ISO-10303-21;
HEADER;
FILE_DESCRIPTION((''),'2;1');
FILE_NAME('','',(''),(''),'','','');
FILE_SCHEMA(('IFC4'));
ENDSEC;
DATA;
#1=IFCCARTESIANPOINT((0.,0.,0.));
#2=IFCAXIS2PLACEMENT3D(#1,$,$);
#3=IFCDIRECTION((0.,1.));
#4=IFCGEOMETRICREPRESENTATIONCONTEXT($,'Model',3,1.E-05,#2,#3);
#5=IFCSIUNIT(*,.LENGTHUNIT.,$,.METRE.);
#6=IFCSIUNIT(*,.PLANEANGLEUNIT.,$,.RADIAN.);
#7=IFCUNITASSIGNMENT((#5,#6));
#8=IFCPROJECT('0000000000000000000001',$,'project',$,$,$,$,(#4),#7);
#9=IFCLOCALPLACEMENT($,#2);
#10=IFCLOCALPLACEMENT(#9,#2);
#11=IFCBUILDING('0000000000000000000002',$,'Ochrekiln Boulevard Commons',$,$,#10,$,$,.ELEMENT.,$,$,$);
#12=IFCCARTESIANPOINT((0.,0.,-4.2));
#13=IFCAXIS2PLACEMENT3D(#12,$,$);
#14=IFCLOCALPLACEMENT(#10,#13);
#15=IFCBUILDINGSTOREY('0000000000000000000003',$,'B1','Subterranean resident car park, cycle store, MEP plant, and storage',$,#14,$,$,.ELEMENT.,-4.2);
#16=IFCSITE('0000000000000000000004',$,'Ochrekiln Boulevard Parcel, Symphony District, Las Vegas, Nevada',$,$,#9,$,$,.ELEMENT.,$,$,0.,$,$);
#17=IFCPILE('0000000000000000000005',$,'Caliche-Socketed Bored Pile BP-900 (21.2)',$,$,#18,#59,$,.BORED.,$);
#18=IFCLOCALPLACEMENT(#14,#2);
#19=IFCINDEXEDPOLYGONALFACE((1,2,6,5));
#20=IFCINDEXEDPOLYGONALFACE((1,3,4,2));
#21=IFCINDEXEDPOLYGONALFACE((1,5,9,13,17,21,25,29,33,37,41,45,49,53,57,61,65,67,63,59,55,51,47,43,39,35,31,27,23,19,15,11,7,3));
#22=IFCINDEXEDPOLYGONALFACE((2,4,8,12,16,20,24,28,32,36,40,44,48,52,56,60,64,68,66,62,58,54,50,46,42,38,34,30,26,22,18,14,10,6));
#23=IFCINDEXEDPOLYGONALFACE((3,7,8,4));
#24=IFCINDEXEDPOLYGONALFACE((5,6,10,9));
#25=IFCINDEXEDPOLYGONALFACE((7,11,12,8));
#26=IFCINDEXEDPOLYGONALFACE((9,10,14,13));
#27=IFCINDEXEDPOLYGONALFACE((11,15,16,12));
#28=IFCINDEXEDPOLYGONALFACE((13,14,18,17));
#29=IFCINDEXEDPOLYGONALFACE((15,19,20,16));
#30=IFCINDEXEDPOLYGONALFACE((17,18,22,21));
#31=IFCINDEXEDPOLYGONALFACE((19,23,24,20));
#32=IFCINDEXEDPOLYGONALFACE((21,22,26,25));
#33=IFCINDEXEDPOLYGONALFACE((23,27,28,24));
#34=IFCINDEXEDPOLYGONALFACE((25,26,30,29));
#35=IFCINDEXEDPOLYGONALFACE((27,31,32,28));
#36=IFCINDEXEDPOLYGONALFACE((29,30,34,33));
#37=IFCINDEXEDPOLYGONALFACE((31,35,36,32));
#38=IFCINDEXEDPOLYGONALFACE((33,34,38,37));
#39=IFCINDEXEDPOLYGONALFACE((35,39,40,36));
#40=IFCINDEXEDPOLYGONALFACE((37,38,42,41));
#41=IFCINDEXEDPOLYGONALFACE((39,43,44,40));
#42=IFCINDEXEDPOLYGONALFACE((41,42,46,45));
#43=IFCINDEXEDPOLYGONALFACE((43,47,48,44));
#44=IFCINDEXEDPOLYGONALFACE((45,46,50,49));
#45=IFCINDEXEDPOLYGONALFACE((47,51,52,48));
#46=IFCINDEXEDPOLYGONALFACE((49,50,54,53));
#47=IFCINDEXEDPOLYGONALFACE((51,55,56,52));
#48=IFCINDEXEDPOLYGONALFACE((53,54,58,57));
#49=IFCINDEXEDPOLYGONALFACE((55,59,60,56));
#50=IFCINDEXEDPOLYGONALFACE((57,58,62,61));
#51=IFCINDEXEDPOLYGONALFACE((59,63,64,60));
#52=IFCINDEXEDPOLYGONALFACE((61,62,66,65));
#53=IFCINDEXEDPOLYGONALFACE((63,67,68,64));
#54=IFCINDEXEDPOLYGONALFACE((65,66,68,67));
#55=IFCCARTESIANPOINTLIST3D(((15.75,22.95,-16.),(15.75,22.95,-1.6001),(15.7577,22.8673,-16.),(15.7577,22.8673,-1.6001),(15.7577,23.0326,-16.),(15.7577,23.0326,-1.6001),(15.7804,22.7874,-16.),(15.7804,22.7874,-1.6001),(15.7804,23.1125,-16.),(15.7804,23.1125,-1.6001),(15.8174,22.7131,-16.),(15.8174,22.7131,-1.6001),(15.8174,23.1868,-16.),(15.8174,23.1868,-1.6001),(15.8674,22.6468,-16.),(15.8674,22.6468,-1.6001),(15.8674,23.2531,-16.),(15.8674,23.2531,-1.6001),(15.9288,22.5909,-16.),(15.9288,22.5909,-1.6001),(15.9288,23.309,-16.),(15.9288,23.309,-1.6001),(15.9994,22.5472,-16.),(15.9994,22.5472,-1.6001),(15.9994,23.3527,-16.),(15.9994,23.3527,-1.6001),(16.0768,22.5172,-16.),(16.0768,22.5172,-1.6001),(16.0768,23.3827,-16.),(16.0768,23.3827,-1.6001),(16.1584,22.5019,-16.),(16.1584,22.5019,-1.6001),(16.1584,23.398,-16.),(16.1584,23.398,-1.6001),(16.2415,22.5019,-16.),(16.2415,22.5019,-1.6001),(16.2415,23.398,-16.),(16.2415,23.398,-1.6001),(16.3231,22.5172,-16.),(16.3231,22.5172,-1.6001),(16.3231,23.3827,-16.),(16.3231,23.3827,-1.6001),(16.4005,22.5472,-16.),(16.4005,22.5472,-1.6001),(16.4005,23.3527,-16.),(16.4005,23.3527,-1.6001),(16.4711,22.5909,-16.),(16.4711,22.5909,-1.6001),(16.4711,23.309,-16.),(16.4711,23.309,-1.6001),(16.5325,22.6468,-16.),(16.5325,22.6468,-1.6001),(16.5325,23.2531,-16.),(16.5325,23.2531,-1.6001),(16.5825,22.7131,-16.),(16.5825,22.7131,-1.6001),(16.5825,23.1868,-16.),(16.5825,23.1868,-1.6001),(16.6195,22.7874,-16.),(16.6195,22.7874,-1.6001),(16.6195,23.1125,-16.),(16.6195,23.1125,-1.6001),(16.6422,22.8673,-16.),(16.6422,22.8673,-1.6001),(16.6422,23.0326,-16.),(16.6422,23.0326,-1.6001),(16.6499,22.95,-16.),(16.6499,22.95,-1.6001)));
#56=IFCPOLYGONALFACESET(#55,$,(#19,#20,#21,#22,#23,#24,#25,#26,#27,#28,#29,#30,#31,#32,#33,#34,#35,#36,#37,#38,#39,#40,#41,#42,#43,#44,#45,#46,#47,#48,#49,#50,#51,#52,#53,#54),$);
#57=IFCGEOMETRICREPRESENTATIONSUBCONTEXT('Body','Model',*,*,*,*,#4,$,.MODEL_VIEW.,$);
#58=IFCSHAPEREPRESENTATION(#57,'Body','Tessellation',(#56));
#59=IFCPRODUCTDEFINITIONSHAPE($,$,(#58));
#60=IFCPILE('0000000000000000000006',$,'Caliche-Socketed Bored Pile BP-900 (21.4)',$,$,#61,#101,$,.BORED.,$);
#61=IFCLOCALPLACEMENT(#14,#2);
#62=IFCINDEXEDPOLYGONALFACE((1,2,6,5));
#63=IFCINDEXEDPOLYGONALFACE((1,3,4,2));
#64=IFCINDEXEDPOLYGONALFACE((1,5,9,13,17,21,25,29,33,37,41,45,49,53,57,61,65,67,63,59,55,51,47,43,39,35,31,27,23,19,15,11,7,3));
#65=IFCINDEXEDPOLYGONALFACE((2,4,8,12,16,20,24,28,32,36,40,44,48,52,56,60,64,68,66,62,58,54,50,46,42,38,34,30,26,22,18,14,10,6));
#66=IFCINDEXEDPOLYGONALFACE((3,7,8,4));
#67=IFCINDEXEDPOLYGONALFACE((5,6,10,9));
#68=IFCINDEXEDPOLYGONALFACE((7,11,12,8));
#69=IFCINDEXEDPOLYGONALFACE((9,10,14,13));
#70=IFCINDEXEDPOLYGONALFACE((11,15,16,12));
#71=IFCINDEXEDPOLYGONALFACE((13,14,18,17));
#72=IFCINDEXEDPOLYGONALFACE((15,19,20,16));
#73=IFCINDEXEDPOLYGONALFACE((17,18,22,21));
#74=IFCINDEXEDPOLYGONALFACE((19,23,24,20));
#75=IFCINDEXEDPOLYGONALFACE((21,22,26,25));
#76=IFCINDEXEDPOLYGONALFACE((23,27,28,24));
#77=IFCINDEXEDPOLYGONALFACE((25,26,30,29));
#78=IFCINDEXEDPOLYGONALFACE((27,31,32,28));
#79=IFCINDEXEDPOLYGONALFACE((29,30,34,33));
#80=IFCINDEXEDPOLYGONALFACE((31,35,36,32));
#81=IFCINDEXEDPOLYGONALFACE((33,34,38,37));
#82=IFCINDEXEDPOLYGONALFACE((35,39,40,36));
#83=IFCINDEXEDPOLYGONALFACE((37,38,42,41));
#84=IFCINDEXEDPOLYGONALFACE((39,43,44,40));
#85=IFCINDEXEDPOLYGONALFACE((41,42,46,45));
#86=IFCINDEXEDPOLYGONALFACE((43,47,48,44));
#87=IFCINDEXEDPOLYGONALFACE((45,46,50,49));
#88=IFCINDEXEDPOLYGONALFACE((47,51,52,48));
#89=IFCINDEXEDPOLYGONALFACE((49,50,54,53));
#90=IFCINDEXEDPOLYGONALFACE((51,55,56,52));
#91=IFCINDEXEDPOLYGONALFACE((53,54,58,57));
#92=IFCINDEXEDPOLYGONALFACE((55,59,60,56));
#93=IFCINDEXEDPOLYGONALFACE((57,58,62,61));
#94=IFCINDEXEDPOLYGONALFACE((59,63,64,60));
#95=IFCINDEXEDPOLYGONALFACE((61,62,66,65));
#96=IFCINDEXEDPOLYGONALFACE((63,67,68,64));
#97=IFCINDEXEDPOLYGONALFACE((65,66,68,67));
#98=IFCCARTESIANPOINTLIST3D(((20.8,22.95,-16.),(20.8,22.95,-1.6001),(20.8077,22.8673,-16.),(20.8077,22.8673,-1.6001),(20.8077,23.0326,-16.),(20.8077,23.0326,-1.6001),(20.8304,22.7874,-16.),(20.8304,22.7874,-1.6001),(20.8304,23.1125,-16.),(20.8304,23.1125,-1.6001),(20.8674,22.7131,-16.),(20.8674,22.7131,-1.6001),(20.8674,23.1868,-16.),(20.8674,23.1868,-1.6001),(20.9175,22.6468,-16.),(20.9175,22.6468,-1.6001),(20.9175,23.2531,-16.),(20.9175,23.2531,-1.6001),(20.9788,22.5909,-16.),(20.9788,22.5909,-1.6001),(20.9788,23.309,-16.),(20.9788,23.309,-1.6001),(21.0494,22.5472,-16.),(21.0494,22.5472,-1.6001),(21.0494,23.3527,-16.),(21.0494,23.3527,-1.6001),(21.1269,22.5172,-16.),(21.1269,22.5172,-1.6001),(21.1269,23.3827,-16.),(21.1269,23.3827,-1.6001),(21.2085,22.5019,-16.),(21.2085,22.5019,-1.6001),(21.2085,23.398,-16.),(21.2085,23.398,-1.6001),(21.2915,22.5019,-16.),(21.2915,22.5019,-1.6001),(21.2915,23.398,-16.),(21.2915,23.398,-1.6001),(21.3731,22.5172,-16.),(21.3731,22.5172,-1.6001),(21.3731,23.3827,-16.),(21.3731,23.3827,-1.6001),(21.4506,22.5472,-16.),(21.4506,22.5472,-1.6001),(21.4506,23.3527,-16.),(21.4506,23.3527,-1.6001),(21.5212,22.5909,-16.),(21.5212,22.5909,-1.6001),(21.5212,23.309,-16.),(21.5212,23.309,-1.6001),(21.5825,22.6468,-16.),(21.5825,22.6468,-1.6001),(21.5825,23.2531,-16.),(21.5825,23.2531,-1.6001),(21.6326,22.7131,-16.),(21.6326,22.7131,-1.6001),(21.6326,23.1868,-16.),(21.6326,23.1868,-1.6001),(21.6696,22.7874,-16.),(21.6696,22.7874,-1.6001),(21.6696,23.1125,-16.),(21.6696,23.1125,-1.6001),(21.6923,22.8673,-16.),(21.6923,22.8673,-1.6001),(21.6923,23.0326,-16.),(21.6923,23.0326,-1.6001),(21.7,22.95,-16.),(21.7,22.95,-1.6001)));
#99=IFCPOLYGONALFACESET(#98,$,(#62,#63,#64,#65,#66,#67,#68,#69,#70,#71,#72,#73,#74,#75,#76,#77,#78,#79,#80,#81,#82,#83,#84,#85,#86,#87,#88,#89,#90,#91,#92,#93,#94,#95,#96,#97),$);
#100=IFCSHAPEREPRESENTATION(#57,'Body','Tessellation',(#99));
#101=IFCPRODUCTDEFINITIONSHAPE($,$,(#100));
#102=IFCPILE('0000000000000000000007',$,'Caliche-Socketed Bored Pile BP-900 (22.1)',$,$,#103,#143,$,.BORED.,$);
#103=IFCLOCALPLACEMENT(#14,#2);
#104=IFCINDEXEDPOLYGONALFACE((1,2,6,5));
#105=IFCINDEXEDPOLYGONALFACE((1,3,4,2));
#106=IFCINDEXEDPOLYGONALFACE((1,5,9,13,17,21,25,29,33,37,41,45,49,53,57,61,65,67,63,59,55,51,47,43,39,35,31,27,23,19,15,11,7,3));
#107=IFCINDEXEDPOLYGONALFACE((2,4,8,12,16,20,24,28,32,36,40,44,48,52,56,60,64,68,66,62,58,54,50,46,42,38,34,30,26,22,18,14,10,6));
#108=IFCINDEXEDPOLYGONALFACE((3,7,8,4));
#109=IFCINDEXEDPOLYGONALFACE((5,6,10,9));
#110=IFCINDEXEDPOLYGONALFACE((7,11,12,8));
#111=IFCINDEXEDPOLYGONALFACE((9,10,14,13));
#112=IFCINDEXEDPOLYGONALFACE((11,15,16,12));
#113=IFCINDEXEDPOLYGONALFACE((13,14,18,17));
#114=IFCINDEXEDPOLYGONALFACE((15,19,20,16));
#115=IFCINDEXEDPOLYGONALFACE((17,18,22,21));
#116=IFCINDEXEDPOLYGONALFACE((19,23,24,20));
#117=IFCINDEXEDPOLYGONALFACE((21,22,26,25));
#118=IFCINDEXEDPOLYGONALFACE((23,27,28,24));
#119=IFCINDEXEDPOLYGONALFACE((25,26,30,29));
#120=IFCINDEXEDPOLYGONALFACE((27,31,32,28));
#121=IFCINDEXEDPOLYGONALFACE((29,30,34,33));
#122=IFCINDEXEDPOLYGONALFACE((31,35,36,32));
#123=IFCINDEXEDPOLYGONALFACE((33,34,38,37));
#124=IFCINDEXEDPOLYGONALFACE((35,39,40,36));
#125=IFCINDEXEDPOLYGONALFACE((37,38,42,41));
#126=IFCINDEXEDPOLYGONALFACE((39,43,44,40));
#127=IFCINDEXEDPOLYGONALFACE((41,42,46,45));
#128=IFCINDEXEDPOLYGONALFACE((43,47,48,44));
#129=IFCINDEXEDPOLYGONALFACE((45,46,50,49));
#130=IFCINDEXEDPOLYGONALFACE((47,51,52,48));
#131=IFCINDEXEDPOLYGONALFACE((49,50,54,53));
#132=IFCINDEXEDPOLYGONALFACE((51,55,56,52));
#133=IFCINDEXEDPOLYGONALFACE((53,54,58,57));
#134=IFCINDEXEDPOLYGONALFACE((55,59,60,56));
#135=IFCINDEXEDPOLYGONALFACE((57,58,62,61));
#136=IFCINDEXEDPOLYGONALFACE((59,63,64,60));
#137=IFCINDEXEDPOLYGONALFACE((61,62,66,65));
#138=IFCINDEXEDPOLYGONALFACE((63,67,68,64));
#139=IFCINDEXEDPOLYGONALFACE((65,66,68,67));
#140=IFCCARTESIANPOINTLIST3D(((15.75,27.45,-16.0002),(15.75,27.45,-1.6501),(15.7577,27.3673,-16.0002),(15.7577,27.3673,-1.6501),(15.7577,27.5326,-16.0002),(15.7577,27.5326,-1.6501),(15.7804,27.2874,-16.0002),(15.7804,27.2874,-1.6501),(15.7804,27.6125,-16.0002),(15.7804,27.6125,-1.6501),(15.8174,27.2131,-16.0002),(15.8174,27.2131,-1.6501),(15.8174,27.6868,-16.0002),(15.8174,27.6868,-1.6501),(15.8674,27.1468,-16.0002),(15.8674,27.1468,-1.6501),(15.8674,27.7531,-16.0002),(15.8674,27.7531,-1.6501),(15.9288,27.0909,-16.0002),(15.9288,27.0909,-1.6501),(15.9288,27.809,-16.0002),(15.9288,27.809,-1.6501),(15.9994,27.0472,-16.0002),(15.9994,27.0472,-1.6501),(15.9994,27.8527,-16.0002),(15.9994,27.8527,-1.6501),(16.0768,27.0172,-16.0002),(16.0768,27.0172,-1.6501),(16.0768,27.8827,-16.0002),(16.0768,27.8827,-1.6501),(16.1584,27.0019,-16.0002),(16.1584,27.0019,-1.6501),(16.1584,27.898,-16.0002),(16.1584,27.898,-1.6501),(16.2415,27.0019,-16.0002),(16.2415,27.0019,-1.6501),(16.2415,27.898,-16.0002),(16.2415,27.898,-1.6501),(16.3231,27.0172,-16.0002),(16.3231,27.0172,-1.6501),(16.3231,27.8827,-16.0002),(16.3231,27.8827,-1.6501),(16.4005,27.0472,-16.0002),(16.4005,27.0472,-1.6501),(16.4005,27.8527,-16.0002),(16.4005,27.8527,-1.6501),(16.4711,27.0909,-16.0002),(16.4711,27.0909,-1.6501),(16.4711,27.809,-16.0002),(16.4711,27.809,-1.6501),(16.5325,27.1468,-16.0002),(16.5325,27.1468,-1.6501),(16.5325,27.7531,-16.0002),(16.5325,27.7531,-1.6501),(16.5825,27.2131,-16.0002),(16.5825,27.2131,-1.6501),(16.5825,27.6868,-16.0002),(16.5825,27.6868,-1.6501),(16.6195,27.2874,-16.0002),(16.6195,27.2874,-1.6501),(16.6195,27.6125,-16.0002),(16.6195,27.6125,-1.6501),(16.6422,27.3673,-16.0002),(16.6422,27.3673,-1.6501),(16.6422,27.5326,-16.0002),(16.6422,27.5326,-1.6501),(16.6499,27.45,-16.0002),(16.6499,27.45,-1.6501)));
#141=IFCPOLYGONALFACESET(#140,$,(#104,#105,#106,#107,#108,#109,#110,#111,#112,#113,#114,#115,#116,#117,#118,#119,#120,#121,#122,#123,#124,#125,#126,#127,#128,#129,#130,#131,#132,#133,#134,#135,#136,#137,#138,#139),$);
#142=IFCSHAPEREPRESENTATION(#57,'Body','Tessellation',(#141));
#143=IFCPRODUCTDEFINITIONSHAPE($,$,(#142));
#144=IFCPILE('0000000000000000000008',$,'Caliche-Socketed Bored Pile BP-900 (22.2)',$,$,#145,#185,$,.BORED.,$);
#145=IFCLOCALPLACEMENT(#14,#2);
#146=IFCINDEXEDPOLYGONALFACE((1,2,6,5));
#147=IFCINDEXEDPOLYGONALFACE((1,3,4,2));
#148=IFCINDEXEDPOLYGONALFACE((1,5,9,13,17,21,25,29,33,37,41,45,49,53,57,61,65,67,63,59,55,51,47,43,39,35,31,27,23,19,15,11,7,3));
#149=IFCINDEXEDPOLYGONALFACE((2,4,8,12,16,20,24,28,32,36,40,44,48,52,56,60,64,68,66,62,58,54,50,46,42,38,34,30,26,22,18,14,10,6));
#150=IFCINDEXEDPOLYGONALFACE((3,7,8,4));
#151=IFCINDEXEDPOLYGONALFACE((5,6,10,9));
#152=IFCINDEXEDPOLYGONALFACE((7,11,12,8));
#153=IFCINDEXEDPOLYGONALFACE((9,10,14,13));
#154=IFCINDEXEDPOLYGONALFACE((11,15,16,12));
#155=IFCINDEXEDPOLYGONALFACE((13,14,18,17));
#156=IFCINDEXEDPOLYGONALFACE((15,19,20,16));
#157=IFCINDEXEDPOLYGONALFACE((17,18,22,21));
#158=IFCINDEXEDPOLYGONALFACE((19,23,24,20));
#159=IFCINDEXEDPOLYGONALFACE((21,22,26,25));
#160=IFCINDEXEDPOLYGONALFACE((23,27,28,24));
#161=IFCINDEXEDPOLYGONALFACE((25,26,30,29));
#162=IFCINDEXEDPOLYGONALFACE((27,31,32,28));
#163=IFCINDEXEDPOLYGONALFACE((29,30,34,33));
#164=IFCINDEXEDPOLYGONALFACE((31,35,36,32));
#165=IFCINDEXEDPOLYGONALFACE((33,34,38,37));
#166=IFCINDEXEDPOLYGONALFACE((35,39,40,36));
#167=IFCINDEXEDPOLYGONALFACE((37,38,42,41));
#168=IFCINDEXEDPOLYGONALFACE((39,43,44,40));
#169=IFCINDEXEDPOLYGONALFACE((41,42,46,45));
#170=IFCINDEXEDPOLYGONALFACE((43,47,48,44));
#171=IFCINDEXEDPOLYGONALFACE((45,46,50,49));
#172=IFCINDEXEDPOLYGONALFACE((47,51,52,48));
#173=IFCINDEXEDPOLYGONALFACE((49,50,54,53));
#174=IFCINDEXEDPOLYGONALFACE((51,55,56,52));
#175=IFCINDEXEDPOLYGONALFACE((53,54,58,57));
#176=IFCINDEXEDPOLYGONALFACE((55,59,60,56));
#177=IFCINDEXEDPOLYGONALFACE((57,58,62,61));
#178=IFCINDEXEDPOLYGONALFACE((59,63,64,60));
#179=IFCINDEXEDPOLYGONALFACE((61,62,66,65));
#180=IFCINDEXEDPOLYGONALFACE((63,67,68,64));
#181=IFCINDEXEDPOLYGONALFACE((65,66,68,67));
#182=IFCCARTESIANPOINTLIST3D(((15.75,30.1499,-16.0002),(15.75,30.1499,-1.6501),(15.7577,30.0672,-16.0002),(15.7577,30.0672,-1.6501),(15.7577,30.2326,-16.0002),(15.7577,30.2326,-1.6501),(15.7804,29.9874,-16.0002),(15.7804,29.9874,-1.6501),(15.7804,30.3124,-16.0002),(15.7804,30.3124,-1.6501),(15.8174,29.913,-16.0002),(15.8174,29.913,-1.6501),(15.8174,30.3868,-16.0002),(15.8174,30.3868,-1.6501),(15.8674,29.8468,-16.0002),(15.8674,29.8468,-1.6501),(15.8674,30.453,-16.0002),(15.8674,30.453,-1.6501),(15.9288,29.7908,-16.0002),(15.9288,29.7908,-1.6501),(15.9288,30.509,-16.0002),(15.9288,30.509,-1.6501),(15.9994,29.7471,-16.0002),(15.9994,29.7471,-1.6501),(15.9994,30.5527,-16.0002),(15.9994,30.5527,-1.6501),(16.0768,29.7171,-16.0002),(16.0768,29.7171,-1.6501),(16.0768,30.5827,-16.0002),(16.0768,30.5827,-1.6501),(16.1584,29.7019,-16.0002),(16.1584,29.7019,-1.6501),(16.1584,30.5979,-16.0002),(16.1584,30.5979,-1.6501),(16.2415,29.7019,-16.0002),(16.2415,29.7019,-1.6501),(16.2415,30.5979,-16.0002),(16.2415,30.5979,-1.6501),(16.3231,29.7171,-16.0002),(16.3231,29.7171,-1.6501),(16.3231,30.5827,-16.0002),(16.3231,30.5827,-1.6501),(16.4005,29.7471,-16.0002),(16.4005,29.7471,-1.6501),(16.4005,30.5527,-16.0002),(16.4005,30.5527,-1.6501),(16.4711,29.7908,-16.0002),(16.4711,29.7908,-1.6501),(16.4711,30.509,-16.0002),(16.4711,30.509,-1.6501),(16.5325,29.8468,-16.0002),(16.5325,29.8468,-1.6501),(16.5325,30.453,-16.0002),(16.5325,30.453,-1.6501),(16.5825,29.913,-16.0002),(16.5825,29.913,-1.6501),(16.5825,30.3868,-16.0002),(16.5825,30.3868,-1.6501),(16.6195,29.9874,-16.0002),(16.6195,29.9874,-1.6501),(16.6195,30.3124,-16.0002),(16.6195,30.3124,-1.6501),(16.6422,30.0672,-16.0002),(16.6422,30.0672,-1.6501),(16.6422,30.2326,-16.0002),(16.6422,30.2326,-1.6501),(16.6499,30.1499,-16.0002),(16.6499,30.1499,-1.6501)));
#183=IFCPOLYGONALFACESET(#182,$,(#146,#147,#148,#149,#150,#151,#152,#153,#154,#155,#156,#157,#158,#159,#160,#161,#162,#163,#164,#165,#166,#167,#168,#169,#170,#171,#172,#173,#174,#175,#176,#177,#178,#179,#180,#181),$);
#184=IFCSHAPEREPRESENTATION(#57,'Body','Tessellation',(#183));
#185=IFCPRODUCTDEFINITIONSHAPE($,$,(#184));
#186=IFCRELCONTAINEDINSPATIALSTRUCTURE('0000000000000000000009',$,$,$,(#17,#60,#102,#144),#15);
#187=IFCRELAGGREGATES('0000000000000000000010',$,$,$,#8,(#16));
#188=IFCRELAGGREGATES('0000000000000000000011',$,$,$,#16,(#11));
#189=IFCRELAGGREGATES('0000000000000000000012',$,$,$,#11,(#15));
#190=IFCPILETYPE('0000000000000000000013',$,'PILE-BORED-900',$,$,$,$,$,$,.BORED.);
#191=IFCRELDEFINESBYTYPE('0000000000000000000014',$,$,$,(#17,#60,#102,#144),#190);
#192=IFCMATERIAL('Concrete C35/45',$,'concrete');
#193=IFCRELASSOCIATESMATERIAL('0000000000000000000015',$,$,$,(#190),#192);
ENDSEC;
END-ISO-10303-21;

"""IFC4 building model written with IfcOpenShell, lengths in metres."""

from ifc_helpers import new_model, si_unit, direction, frame, origin, origin_2d, place, context, subcontext, project, spatial, circle, extrude, material, material_profile, profile_set, type_object, element, save


model = new_model("IFC4")

# Units and contexts
model_context = context("Model", 3, precision=1e-05, world=origin(), true_north=direction((0.0, 1.0)))
body_context = subcontext(model_context, "Body", "Model", "MODEL_VIEW")
ifc_project = project(units=[si_unit("LENGTHUNIT", "METRE"), si_unit("PLANEANGLEUNIT", "RADIAN")], contexts=[model_context])

# Site, building, storey
site_placement = place(None, origin())
site = spatial("IfcSite", under=ifc_project, at=site_placement, Name="Ochrekiln Boulevard Parcel, Symphony District, Las Vegas, Nevada", CompositionType="ELEMENT", RefElevation=0.0)
building_placement = place(site_placement, origin())
building = spatial("IfcBuilding", under=site, at=building_placement, Name="Ochrekiln Boulevard Commons", CompositionType="ELEMENT")
storey_placement = place(building_placement, frame((0.0, 0.0, -4.2)))
storey = spatial("IfcBuildingStorey", under=building, at=storey_placement, Name="B1", Description="Subterranean resident car park, cycle store, MEP plant, and storage", CompositionType="ELEMENT", Elevation=-4.2)

# Shared definitions
ifc_material_1 = material(Name="Concrete C35/45", Category="concrete")

# Piles
ifc_material_profile_1 = material_profile(ifc_material_1, circle(Radius=0.45, at=origin_2d()), Name="PILE-D900")
ifc_profile_set_1 = profile_set([ifc_material_profile_1], Name="Concrete C35/45")
pile_type = type_object("IfcPileType", Name="PILE-BORED-900", PredefinedType="BORED", material=ifc_profile_set_1)
for number, where, z_axis, x_axis, name in (
    (1, (16.2, 22.95, -1.6001), (0.0, 0.0, -1.0), (1.0, 0.0, 0.0), "Caliche-Socketed Bored Pile BP-900 (21.2)"),
    (2, (21.25, 22.95, -1.6001), (0.0, 0.0, -1.0), (1.0, 0.0, 0.0), "Caliche-Socketed Bored Pile BP-900 (21.4)"),
):
    element("IfcPile", number, at=place(storey_placement, frame(where, z_axis=z_axis, x_axis=x_axis)), inside=storey, type_object=pile_type, Name=name, PredefinedType="BORED", context=body_context, shape_type="SweptSolid", body=[
        extrude(circle(Radius=0.45, at=origin_2d()), origin(), (0.0, 0.0, 1.0), 14.3999),
    ])
for number, where, z_axis, x_axis, name in (
    (3, (16.2, 27.45, -1.6501), (0.0, 0.0, -1.0), (1.0, 0.0, 0.0), "Caliche-Socketed Bored Pile BP-900 (22.1)"),
    (4, (16.2, 30.1499, -1.6501), (0.0, 0.0, -1.0), (1.0, 0.0, 0.0), "Caliche-Socketed Bored Pile BP-900 (22.2)"),
):
    element("IfcPile", number, at=place(storey_placement, frame(where, z_axis=z_axis, x_axis=x_axis)), inside=storey, type_object=pile_type, Name=name, PredefinedType="BORED", context=body_context, shape_type="SweptSolid", body=[
        extrude(circle(Radius=0.45, at=origin_2d()), origin(), (0.0, 0.0, 1.0), 14.3501),
    ])

save(model, "model.ifc")
